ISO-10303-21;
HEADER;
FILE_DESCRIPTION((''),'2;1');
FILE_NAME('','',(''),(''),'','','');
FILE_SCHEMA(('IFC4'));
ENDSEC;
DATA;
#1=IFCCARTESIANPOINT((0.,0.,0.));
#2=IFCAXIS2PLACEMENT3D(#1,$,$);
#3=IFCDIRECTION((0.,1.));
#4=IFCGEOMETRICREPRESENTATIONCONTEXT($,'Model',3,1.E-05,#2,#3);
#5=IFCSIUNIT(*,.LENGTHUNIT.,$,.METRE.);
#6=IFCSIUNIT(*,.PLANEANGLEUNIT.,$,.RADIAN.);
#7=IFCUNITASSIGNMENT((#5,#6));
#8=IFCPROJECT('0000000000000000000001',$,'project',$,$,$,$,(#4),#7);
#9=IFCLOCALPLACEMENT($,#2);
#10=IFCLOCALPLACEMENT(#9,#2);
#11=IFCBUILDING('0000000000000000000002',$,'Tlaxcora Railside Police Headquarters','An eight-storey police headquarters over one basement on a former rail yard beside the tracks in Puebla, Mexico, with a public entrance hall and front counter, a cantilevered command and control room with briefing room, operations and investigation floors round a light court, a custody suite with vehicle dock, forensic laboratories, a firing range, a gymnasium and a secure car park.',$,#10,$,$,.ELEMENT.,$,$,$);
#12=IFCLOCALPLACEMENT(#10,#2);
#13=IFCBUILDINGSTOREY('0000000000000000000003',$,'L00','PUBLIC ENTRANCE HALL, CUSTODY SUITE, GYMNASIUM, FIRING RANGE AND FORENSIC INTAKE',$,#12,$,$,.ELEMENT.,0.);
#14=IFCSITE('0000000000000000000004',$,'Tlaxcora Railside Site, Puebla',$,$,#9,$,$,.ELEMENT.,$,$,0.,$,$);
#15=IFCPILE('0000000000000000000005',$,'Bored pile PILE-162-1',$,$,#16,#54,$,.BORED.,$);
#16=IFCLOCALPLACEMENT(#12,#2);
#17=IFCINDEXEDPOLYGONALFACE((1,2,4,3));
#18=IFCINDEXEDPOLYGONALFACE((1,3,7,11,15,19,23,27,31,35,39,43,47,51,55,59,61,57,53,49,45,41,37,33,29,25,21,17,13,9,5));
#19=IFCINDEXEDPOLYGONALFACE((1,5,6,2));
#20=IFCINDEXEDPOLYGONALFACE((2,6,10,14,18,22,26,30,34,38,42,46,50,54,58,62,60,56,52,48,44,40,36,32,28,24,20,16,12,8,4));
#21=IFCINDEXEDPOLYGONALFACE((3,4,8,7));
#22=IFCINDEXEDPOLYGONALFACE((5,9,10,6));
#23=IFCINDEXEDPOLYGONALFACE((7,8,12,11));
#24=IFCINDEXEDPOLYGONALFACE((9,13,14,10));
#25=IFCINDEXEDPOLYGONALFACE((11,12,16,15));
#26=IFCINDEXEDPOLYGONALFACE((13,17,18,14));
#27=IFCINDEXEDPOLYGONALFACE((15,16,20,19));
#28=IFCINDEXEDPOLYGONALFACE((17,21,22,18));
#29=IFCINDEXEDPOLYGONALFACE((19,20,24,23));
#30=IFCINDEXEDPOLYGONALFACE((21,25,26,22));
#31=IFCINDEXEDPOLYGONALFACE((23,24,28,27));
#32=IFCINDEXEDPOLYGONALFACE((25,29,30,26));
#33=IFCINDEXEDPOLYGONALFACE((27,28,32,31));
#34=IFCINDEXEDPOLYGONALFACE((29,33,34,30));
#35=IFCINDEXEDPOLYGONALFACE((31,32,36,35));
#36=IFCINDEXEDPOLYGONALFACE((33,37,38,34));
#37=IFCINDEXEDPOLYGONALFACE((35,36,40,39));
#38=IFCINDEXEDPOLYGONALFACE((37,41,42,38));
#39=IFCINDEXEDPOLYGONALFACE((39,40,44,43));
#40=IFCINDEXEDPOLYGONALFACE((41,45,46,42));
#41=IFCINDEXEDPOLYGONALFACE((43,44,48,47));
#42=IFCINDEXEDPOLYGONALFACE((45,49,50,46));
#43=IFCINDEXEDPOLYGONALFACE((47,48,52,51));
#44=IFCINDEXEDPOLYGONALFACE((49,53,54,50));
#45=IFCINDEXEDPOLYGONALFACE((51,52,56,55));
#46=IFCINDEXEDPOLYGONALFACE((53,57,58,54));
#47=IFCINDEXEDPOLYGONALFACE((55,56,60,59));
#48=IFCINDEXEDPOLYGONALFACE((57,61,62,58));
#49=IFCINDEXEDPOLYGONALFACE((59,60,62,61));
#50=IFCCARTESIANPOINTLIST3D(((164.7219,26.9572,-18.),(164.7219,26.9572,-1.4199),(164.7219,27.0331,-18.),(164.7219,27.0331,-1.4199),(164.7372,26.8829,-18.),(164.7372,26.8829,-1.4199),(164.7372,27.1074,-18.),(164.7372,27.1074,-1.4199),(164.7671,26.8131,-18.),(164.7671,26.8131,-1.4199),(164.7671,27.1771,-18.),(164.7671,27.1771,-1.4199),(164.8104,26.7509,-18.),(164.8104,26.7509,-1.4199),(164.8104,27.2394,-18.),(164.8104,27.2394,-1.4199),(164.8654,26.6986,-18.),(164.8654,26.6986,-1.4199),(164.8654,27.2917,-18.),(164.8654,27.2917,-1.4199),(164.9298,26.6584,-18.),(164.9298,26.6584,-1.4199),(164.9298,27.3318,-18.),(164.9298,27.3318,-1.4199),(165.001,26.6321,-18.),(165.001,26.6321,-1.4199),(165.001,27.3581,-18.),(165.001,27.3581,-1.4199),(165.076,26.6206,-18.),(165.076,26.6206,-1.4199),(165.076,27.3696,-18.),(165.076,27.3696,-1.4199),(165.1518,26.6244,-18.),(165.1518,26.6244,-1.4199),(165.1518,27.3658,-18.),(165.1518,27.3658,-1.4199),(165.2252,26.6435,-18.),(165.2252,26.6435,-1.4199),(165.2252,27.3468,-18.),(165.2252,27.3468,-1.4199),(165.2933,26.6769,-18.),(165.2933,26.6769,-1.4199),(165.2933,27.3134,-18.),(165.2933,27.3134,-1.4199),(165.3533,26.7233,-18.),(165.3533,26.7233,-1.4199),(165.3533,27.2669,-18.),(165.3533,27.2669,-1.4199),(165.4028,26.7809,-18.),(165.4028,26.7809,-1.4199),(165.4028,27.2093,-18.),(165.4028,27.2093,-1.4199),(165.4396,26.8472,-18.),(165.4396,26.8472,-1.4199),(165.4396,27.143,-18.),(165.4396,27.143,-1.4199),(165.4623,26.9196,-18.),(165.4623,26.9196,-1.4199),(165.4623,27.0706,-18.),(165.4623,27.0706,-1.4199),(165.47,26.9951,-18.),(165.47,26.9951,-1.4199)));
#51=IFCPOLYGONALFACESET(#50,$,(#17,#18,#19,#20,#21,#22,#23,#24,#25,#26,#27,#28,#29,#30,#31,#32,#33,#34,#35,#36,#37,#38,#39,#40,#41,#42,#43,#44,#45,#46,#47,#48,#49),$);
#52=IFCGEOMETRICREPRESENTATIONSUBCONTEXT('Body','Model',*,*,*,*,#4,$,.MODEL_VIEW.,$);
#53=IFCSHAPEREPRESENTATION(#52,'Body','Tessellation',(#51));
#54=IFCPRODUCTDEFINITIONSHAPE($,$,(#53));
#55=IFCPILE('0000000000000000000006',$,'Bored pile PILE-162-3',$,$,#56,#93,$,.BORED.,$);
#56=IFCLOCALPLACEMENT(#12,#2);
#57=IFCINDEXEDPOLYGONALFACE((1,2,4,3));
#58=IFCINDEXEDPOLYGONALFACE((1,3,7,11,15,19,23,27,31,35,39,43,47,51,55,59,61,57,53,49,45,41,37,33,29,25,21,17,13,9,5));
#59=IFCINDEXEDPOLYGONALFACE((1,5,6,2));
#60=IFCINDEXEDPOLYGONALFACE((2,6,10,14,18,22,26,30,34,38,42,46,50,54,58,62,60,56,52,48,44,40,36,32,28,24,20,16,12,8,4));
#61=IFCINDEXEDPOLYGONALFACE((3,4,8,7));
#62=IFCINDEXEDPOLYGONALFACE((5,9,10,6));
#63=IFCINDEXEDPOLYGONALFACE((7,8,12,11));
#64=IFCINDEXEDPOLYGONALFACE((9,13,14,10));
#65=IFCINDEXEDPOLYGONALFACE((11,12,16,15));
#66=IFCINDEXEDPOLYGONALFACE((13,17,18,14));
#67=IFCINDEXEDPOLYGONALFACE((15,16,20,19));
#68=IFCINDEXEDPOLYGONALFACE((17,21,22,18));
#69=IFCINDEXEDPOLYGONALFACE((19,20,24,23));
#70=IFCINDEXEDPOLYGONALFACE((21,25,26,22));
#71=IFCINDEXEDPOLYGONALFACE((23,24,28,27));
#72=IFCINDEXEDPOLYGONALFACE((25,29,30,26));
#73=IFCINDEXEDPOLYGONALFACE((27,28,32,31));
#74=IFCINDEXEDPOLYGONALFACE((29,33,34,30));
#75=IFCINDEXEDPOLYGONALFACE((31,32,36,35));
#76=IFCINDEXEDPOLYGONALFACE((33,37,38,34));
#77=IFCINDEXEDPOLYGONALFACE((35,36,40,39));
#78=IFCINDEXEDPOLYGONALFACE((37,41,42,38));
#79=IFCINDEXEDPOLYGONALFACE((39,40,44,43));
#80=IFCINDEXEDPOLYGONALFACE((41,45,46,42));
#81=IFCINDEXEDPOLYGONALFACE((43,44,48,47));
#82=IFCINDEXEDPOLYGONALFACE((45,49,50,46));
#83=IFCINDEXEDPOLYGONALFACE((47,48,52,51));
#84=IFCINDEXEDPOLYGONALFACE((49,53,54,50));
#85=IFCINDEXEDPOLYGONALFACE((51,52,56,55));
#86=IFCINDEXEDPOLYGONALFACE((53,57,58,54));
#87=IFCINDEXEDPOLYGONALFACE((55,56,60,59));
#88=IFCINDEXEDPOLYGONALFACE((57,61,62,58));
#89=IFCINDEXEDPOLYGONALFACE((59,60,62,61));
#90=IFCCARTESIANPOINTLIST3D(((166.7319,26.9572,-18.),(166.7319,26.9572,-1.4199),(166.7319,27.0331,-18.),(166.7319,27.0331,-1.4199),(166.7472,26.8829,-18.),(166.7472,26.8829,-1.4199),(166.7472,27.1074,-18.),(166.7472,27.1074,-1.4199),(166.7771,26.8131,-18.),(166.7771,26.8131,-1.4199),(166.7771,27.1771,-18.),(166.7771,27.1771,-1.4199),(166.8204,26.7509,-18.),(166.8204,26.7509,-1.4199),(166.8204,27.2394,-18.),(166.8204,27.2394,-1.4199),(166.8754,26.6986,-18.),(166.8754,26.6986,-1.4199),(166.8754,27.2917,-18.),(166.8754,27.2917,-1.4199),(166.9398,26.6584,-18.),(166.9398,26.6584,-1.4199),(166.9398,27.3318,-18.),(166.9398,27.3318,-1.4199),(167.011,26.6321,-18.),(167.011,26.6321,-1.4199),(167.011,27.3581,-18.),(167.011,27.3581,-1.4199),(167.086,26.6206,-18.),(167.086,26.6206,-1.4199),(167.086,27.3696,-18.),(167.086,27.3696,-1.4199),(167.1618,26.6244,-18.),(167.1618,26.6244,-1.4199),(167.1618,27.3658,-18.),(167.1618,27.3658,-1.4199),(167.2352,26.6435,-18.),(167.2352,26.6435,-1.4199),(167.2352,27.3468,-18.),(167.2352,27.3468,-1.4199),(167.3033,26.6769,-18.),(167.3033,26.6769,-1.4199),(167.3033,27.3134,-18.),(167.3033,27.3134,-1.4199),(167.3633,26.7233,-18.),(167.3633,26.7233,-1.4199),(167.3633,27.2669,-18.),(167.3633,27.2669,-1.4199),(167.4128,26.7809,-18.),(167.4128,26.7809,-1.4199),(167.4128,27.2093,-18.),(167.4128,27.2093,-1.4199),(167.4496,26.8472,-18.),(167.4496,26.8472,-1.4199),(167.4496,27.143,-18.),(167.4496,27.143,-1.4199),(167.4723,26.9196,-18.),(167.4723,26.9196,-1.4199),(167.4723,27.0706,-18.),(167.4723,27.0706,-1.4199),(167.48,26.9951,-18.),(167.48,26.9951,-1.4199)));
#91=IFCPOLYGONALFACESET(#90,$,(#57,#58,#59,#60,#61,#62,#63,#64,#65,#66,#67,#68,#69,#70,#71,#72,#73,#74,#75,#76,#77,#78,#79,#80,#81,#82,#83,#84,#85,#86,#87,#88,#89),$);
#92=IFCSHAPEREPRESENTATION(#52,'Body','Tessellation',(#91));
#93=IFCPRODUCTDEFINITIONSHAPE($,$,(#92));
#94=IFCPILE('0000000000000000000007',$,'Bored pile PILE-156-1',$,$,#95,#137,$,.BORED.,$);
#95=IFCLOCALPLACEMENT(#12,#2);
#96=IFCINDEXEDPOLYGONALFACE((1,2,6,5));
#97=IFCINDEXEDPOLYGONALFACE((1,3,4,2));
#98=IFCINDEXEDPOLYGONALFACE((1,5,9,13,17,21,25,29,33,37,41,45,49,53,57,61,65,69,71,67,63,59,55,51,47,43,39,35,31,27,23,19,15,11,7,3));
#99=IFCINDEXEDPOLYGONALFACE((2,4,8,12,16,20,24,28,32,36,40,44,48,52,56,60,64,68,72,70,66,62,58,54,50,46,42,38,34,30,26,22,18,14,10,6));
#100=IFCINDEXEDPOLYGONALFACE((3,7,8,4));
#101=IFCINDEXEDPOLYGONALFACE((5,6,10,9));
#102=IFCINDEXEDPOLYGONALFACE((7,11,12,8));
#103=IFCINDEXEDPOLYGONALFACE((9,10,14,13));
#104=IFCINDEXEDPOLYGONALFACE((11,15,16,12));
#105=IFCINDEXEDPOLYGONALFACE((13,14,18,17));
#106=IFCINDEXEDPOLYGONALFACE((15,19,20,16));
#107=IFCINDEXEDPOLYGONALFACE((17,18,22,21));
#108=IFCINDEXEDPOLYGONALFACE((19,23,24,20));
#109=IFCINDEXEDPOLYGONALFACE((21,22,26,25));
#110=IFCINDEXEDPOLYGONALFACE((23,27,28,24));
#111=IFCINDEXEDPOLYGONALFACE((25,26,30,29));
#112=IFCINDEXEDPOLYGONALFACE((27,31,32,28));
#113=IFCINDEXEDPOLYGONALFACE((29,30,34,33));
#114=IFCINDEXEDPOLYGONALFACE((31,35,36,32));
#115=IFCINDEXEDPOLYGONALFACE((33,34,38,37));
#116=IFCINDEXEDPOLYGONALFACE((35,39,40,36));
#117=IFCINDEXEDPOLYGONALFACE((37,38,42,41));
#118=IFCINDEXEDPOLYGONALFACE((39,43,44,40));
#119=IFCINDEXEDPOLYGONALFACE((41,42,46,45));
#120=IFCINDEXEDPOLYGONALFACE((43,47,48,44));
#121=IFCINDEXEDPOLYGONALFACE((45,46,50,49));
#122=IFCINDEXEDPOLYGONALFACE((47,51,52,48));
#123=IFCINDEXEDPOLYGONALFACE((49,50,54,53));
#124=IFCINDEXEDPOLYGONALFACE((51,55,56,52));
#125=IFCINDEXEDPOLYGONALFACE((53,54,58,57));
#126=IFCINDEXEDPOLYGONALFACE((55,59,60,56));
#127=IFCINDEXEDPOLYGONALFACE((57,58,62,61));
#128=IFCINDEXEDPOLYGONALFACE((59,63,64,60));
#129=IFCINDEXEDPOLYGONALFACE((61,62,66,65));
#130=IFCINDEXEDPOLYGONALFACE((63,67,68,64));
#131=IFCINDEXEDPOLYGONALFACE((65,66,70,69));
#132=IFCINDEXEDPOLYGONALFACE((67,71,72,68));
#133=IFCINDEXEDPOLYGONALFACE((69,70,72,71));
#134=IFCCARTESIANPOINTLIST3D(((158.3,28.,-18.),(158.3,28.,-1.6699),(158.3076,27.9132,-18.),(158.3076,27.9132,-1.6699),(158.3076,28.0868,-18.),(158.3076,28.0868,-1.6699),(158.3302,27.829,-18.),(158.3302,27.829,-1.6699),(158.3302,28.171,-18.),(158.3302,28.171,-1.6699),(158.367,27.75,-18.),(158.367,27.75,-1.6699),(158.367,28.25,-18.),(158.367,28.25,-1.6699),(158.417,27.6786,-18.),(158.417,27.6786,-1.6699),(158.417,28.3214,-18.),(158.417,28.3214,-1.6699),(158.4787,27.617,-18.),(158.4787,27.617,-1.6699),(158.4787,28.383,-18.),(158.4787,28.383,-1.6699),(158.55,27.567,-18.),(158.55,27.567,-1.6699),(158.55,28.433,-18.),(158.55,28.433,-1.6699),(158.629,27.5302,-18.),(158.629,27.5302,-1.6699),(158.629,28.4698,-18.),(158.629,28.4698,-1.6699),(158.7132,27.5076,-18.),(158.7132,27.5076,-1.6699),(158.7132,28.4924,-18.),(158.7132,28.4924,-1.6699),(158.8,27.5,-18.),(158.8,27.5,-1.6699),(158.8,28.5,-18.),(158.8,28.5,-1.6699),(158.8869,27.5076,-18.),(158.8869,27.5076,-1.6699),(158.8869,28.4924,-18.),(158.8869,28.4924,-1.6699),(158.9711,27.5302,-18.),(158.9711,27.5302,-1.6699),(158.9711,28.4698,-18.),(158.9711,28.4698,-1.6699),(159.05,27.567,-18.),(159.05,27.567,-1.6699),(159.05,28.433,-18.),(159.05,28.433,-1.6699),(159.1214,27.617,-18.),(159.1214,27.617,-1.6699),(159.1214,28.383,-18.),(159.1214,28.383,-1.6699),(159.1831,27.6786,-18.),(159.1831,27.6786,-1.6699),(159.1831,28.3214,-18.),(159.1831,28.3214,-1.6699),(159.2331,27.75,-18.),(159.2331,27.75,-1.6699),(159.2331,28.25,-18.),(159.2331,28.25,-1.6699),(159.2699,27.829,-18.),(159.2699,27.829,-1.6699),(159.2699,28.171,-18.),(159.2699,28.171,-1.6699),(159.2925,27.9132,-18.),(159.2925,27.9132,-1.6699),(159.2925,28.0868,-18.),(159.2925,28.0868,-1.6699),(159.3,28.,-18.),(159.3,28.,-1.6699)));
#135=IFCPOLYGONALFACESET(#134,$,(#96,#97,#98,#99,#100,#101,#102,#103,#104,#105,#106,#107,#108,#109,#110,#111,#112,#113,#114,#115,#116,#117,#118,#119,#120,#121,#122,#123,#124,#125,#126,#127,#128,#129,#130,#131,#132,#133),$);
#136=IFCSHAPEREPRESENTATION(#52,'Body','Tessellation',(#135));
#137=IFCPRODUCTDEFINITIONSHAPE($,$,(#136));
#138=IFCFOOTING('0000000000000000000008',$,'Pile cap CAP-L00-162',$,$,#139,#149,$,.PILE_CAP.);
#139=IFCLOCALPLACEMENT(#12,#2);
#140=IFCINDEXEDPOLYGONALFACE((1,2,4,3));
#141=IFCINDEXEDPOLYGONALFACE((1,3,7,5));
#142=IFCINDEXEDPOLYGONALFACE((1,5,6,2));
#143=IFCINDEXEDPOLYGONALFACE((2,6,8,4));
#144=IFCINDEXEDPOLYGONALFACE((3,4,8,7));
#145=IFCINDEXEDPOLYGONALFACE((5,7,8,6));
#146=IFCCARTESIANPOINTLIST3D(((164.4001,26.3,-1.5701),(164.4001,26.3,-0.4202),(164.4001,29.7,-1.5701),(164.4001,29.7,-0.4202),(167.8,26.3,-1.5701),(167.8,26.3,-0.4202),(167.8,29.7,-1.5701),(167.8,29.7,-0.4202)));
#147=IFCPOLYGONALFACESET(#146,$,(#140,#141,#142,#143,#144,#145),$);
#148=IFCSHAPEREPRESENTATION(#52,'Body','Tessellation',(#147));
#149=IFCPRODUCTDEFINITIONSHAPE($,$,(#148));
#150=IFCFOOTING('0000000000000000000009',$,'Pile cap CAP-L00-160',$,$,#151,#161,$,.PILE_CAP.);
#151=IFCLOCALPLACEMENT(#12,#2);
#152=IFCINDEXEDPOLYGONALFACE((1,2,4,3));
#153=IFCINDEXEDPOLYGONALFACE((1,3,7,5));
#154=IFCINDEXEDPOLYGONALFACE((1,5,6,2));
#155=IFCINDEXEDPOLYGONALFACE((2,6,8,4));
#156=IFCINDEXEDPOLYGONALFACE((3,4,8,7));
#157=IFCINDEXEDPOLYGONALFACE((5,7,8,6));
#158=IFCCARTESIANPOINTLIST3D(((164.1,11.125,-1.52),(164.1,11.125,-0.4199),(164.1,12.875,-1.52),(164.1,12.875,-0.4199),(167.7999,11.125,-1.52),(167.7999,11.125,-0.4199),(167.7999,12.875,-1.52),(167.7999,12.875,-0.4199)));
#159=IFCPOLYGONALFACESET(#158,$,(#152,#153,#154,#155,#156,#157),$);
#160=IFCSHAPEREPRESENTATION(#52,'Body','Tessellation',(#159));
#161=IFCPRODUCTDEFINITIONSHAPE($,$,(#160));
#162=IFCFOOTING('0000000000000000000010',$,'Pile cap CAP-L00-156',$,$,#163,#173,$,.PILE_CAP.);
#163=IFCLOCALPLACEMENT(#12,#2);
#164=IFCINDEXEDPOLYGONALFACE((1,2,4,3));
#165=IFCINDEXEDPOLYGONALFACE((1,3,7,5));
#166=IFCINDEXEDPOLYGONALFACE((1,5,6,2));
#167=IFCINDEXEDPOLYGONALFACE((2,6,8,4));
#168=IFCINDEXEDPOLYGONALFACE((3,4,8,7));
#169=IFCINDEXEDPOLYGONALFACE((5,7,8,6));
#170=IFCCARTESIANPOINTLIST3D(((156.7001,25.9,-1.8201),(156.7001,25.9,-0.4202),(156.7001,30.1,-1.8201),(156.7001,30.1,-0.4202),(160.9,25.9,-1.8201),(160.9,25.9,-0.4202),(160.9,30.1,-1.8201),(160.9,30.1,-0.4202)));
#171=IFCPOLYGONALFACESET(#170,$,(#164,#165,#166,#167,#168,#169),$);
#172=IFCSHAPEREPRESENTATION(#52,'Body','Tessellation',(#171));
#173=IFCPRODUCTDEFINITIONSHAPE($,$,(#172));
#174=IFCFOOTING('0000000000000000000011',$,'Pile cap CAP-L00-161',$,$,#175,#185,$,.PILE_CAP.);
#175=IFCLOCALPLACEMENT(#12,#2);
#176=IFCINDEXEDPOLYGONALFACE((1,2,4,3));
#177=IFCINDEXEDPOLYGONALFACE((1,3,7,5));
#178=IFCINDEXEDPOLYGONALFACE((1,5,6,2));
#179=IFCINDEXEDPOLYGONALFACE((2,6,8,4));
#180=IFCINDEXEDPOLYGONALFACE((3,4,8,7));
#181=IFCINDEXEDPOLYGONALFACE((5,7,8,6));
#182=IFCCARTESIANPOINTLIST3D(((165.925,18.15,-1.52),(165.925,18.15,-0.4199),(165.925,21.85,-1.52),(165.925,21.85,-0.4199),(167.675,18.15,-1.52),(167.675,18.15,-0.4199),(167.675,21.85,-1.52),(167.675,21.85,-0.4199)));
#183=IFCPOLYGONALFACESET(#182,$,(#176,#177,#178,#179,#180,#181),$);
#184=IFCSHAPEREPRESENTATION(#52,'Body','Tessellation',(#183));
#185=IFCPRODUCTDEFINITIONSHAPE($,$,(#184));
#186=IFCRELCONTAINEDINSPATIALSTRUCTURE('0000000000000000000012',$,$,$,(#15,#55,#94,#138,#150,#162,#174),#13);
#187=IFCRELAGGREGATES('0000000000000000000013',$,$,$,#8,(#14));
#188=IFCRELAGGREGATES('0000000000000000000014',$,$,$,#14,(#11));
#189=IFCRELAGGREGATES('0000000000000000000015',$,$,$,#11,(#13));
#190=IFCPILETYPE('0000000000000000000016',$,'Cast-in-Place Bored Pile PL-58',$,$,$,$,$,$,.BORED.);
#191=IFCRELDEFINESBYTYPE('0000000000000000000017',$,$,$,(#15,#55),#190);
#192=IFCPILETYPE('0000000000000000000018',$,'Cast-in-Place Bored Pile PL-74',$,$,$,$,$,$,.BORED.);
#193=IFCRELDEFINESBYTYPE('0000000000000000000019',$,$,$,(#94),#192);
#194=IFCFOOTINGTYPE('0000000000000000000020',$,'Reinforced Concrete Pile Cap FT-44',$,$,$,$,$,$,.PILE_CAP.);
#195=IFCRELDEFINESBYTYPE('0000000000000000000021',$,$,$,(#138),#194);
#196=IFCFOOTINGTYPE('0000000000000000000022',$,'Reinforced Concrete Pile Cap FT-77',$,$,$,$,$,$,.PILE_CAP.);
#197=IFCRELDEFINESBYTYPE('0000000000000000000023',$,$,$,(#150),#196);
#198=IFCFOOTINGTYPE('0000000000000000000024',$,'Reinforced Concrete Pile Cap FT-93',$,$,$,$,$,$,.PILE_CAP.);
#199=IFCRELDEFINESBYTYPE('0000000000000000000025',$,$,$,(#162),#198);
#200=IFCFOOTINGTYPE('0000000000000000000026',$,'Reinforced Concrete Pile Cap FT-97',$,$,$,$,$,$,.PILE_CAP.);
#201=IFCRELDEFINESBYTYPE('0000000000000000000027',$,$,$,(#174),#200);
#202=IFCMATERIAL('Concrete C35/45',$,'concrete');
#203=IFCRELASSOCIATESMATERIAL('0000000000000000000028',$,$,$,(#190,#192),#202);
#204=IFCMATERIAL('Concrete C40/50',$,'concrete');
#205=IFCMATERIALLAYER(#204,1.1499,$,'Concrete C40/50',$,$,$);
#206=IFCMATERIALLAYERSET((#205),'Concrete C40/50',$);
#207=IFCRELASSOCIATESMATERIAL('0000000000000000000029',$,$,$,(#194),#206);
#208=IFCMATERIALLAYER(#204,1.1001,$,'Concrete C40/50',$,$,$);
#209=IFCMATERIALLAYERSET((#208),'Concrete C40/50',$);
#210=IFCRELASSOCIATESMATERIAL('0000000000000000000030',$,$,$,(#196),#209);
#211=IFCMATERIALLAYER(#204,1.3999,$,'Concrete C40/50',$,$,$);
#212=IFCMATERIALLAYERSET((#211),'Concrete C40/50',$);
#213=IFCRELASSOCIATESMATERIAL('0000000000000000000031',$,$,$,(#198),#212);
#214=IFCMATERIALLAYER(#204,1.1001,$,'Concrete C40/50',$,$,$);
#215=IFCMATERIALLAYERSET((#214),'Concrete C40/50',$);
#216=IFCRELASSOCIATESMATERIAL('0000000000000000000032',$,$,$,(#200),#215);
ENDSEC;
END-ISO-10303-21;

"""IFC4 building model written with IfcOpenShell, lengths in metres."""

from ifc_helpers import new_model, si_unit, direction, frame, origin, origin_2d, place, context, subcontext, project, spatial, rectangle, circle, extrude, material, layer, layer_set, material_profile, profile_set, type_object, element, save


model = new_model("IFC4")

# Units and contexts
model_context = context("Model", 3, precision=1e-05, world=origin(), true_north=direction((0.0, 1.0)))
body_context = subcontext(model_context, "Body", "Model", "MODEL_VIEW")
ifc_project = project(units=[si_unit("LENGTHUNIT", "METRE"), si_unit("PLANEANGLEUNIT", "RADIAN")], contexts=[model_context])

# Site, building, storey
site_placement = place(None, origin())
site = spatial("IfcSite", under=ifc_project, at=site_placement, Name="Tlaxcora Railside Site, Puebla", CompositionType="ELEMENT", RefElevation=0.0)
building_placement = place(site_placement, origin())
building = spatial("IfcBuilding", under=site, at=building_placement, Name="Tlaxcora Railside Police Headquarters", Description="An eight-storey police headquarters over one basement on a former rail yard beside the tracks in Puebla, Mexico, with a public entrance hall and front counter, a cantilevered command and control room with briefing room, operations and investigation floors round a light court, a custody suite with vehicle dock, forensic laboratories, a firing range, a gymnasium and a secure car park.", CompositionType="ELEMENT")
storey_placement = place(building_placement, origin())
storey = spatial("IfcBuildingStorey", under=building, at=storey_placement, Name="L00", Description="PUBLIC ENTRANCE HALL, CUSTODY SUITE, GYMNASIUM, FIRING RANGE AND FORENSIC INTAKE", CompositionType="ELEMENT", Elevation=0.0)

# Piles
ifc_material_1 = material(Name="Concrete C35/45", Category="concrete")
ifc_material_profile_1 = material_profile(ifc_material_1, circle(Radius=0.375, at=origin_2d()), Name="PILE750")
ifc_profile_set_1 = profile_set([ifc_material_profile_1], Name="Concrete C35/45")
pile_type_1 = type_object("IfcPileType", Name="Cast-in-Place Bored Pile PL-58", PredefinedType="BORED", material=ifc_profile_set_1)
for number, where, z_axis, x_axis, name in (
    (1, (165.095, 26.9951, -1.4199), (0.0, 0.0, -1.0), (1.0, 0.0, 0.0), "Bored pile PILE-162-1"),
    (2, (167.105, 26.9951, -1.4199), (0.0, 0.0, -1.0), (1.0, 0.0, 0.0), "Bored pile PILE-162-3"),
):
    element("IfcPile", number, at=place(storey_placement, frame(where, z_axis=z_axis, x_axis=x_axis)), inside=storey, type_object=pile_type_1, Name=name, PredefinedType="BORED", context=body_context, shape_type="SweptSolid", body=[
        extrude(circle(Radius=0.375, at=origin_2d()), origin(), (0.0, 0.0, 1.0), 16.5801),
    ])
ifc_material_profile_2 = material_profile(ifc_material_1, circle(Radius=0.5, at=origin_2d()), Name="PILE1000")
ifc_profile_set_2 = profile_set([ifc_material_profile_2], Name="Concrete C35/45")
pile_type_2 = type_object("IfcPileType", Name="Cast-in-Place Bored Pile PL-74", PredefinedType="BORED", material=ifc_profile_set_2)
pile_placement = place(storey_placement, frame((158.8, 28.0, -1.6699), z_axis=(0.0, 0.0, -1.0), x_axis=(1.0, 0.0, 0.0)))
element("IfcPile", 3, at=pile_placement, inside=storey, type_object=pile_type_2, Name="Bored pile PILE-156-1", PredefinedType="BORED", context=body_context, shape_type="SweptSolid", body=[
    extrude(circle(Radius=0.5, at=origin_2d()), origin(), (0.0, 0.0, 1.0), 16.3301),
])

# Footings
ifc_material_2 = material(Name="Concrete C40/50", Category="concrete")
ifc_layer_1 = layer(ifc_material_2, 1.1499, Name="Concrete C40/50")
ifc_layer_set_1 = layer_set([ifc_layer_1], Name="Concrete C40/50")
footing_type_1 = type_object("IfcFootingType", Name="Reinforced Concrete Pile Cap FT-44", PredefinedType="PILE_CAP", material=ifc_layer_set_1)
footing_1_placement = place(storey_placement, frame((166.1001, 28.0, -1.5701), z_axis=(0.0, 0.0, 1.0), x_axis=(1.0, 0.0, 0.0)))
element("IfcFooting", 4, at=footing_1_placement, inside=storey, type_object=footing_type_1, Name="Pile cap CAP-L00-162", PredefinedType="PILE_CAP", context=body_context, shape_type="SweptSolid", body=[
    extrude(rectangle(XDim=3.3999, YDim=3.3999, at=origin_2d()), origin(), (0.0, 0.0, 1.0), 1.1499),
])
ifc_layer_2 = layer(ifc_material_2, 1.1001, Name="Concrete C40/50")
ifc_layer_set_2 = layer_set([ifc_layer_2], Name="Concrete C40/50")
footing_type_2 = type_object("IfcFootingType", Name="Reinforced Concrete Pile Cap FT-77", PredefinedType="PILE_CAP", material=ifc_layer_set_2)
footing_2_placement = place(storey_placement, frame((165.95, 12.0, -1.52), z_axis=(0.0, 0.0, 1.0), x_axis=(1.0, 0.0, 0.0)))
element("IfcFooting", 5, at=footing_2_placement, inside=storey, type_object=footing_type_2, Name="Pile cap CAP-L00-160", PredefinedType="PILE_CAP", context=body_context, shape_type="SweptSolid", body=[
    extrude(rectangle(XDim=3.7, YDim=1.75, at=origin_2d()), origin(), (0.0, 0.0, 1.0), 1.1001),
])
ifc_layer_3 = layer(ifc_material_2, 1.3999, Name="Concrete C40/50")
ifc_layer_set_3 = layer_set([ifc_layer_3], Name="Concrete C40/50")
footing_type_3 = type_object("IfcFootingType", Name="Reinforced Concrete Pile Cap FT-93", PredefinedType="PILE_CAP", material=ifc_layer_set_3)
footing_3_placement = place(storey_placement, frame((158.8, 28.0, -1.8201), z_axis=(0.0, 0.0, 1.0), x_axis=(1.0, 0.0, 0.0)))
element("IfcFooting", 6, at=footing_3_placement, inside=storey, type_object=footing_type_3, Name="Pile cap CAP-L00-156", PredefinedType="PILE_CAP", context=body_context, shape_type="SweptSolid", body=[
    extrude(rectangle(XDim=4.2, YDim=4.2, at=origin_2d()), origin(), (0.0, 0.0, 1.0), 1.3999),
])
ifc_layer_4 = layer(ifc_material_2, 1.1001, Name="Concrete C40/50")
ifc_layer_set_4 = layer_set([ifc_layer_4], Name="Concrete C40/50")
footing_type_4 = type_object("IfcFootingType", Name="Reinforced Concrete Pile Cap FT-97", PredefinedType="PILE_CAP", material=ifc_layer_set_4)
footing_4_placement = place(storey_placement, frame((166.8, 20.0, -1.52), z_axis=(0.0, 0.0, 1.0), x_axis=(1.0, 0.0, 0.0)))
element("IfcFooting", 7, at=footing_4_placement, inside=storey, type_object=footing_type_4, Name="Pile cap CAP-L00-161", PredefinedType="PILE_CAP", context=body_context, shape_type="SweptSolid", body=[
    extrude(rectangle(XDim=1.75, YDim=3.7, at=origin_2d()), origin(), (0.0, 0.0, 1.0), 1.1001),
])

save(model, "model.ifc")
